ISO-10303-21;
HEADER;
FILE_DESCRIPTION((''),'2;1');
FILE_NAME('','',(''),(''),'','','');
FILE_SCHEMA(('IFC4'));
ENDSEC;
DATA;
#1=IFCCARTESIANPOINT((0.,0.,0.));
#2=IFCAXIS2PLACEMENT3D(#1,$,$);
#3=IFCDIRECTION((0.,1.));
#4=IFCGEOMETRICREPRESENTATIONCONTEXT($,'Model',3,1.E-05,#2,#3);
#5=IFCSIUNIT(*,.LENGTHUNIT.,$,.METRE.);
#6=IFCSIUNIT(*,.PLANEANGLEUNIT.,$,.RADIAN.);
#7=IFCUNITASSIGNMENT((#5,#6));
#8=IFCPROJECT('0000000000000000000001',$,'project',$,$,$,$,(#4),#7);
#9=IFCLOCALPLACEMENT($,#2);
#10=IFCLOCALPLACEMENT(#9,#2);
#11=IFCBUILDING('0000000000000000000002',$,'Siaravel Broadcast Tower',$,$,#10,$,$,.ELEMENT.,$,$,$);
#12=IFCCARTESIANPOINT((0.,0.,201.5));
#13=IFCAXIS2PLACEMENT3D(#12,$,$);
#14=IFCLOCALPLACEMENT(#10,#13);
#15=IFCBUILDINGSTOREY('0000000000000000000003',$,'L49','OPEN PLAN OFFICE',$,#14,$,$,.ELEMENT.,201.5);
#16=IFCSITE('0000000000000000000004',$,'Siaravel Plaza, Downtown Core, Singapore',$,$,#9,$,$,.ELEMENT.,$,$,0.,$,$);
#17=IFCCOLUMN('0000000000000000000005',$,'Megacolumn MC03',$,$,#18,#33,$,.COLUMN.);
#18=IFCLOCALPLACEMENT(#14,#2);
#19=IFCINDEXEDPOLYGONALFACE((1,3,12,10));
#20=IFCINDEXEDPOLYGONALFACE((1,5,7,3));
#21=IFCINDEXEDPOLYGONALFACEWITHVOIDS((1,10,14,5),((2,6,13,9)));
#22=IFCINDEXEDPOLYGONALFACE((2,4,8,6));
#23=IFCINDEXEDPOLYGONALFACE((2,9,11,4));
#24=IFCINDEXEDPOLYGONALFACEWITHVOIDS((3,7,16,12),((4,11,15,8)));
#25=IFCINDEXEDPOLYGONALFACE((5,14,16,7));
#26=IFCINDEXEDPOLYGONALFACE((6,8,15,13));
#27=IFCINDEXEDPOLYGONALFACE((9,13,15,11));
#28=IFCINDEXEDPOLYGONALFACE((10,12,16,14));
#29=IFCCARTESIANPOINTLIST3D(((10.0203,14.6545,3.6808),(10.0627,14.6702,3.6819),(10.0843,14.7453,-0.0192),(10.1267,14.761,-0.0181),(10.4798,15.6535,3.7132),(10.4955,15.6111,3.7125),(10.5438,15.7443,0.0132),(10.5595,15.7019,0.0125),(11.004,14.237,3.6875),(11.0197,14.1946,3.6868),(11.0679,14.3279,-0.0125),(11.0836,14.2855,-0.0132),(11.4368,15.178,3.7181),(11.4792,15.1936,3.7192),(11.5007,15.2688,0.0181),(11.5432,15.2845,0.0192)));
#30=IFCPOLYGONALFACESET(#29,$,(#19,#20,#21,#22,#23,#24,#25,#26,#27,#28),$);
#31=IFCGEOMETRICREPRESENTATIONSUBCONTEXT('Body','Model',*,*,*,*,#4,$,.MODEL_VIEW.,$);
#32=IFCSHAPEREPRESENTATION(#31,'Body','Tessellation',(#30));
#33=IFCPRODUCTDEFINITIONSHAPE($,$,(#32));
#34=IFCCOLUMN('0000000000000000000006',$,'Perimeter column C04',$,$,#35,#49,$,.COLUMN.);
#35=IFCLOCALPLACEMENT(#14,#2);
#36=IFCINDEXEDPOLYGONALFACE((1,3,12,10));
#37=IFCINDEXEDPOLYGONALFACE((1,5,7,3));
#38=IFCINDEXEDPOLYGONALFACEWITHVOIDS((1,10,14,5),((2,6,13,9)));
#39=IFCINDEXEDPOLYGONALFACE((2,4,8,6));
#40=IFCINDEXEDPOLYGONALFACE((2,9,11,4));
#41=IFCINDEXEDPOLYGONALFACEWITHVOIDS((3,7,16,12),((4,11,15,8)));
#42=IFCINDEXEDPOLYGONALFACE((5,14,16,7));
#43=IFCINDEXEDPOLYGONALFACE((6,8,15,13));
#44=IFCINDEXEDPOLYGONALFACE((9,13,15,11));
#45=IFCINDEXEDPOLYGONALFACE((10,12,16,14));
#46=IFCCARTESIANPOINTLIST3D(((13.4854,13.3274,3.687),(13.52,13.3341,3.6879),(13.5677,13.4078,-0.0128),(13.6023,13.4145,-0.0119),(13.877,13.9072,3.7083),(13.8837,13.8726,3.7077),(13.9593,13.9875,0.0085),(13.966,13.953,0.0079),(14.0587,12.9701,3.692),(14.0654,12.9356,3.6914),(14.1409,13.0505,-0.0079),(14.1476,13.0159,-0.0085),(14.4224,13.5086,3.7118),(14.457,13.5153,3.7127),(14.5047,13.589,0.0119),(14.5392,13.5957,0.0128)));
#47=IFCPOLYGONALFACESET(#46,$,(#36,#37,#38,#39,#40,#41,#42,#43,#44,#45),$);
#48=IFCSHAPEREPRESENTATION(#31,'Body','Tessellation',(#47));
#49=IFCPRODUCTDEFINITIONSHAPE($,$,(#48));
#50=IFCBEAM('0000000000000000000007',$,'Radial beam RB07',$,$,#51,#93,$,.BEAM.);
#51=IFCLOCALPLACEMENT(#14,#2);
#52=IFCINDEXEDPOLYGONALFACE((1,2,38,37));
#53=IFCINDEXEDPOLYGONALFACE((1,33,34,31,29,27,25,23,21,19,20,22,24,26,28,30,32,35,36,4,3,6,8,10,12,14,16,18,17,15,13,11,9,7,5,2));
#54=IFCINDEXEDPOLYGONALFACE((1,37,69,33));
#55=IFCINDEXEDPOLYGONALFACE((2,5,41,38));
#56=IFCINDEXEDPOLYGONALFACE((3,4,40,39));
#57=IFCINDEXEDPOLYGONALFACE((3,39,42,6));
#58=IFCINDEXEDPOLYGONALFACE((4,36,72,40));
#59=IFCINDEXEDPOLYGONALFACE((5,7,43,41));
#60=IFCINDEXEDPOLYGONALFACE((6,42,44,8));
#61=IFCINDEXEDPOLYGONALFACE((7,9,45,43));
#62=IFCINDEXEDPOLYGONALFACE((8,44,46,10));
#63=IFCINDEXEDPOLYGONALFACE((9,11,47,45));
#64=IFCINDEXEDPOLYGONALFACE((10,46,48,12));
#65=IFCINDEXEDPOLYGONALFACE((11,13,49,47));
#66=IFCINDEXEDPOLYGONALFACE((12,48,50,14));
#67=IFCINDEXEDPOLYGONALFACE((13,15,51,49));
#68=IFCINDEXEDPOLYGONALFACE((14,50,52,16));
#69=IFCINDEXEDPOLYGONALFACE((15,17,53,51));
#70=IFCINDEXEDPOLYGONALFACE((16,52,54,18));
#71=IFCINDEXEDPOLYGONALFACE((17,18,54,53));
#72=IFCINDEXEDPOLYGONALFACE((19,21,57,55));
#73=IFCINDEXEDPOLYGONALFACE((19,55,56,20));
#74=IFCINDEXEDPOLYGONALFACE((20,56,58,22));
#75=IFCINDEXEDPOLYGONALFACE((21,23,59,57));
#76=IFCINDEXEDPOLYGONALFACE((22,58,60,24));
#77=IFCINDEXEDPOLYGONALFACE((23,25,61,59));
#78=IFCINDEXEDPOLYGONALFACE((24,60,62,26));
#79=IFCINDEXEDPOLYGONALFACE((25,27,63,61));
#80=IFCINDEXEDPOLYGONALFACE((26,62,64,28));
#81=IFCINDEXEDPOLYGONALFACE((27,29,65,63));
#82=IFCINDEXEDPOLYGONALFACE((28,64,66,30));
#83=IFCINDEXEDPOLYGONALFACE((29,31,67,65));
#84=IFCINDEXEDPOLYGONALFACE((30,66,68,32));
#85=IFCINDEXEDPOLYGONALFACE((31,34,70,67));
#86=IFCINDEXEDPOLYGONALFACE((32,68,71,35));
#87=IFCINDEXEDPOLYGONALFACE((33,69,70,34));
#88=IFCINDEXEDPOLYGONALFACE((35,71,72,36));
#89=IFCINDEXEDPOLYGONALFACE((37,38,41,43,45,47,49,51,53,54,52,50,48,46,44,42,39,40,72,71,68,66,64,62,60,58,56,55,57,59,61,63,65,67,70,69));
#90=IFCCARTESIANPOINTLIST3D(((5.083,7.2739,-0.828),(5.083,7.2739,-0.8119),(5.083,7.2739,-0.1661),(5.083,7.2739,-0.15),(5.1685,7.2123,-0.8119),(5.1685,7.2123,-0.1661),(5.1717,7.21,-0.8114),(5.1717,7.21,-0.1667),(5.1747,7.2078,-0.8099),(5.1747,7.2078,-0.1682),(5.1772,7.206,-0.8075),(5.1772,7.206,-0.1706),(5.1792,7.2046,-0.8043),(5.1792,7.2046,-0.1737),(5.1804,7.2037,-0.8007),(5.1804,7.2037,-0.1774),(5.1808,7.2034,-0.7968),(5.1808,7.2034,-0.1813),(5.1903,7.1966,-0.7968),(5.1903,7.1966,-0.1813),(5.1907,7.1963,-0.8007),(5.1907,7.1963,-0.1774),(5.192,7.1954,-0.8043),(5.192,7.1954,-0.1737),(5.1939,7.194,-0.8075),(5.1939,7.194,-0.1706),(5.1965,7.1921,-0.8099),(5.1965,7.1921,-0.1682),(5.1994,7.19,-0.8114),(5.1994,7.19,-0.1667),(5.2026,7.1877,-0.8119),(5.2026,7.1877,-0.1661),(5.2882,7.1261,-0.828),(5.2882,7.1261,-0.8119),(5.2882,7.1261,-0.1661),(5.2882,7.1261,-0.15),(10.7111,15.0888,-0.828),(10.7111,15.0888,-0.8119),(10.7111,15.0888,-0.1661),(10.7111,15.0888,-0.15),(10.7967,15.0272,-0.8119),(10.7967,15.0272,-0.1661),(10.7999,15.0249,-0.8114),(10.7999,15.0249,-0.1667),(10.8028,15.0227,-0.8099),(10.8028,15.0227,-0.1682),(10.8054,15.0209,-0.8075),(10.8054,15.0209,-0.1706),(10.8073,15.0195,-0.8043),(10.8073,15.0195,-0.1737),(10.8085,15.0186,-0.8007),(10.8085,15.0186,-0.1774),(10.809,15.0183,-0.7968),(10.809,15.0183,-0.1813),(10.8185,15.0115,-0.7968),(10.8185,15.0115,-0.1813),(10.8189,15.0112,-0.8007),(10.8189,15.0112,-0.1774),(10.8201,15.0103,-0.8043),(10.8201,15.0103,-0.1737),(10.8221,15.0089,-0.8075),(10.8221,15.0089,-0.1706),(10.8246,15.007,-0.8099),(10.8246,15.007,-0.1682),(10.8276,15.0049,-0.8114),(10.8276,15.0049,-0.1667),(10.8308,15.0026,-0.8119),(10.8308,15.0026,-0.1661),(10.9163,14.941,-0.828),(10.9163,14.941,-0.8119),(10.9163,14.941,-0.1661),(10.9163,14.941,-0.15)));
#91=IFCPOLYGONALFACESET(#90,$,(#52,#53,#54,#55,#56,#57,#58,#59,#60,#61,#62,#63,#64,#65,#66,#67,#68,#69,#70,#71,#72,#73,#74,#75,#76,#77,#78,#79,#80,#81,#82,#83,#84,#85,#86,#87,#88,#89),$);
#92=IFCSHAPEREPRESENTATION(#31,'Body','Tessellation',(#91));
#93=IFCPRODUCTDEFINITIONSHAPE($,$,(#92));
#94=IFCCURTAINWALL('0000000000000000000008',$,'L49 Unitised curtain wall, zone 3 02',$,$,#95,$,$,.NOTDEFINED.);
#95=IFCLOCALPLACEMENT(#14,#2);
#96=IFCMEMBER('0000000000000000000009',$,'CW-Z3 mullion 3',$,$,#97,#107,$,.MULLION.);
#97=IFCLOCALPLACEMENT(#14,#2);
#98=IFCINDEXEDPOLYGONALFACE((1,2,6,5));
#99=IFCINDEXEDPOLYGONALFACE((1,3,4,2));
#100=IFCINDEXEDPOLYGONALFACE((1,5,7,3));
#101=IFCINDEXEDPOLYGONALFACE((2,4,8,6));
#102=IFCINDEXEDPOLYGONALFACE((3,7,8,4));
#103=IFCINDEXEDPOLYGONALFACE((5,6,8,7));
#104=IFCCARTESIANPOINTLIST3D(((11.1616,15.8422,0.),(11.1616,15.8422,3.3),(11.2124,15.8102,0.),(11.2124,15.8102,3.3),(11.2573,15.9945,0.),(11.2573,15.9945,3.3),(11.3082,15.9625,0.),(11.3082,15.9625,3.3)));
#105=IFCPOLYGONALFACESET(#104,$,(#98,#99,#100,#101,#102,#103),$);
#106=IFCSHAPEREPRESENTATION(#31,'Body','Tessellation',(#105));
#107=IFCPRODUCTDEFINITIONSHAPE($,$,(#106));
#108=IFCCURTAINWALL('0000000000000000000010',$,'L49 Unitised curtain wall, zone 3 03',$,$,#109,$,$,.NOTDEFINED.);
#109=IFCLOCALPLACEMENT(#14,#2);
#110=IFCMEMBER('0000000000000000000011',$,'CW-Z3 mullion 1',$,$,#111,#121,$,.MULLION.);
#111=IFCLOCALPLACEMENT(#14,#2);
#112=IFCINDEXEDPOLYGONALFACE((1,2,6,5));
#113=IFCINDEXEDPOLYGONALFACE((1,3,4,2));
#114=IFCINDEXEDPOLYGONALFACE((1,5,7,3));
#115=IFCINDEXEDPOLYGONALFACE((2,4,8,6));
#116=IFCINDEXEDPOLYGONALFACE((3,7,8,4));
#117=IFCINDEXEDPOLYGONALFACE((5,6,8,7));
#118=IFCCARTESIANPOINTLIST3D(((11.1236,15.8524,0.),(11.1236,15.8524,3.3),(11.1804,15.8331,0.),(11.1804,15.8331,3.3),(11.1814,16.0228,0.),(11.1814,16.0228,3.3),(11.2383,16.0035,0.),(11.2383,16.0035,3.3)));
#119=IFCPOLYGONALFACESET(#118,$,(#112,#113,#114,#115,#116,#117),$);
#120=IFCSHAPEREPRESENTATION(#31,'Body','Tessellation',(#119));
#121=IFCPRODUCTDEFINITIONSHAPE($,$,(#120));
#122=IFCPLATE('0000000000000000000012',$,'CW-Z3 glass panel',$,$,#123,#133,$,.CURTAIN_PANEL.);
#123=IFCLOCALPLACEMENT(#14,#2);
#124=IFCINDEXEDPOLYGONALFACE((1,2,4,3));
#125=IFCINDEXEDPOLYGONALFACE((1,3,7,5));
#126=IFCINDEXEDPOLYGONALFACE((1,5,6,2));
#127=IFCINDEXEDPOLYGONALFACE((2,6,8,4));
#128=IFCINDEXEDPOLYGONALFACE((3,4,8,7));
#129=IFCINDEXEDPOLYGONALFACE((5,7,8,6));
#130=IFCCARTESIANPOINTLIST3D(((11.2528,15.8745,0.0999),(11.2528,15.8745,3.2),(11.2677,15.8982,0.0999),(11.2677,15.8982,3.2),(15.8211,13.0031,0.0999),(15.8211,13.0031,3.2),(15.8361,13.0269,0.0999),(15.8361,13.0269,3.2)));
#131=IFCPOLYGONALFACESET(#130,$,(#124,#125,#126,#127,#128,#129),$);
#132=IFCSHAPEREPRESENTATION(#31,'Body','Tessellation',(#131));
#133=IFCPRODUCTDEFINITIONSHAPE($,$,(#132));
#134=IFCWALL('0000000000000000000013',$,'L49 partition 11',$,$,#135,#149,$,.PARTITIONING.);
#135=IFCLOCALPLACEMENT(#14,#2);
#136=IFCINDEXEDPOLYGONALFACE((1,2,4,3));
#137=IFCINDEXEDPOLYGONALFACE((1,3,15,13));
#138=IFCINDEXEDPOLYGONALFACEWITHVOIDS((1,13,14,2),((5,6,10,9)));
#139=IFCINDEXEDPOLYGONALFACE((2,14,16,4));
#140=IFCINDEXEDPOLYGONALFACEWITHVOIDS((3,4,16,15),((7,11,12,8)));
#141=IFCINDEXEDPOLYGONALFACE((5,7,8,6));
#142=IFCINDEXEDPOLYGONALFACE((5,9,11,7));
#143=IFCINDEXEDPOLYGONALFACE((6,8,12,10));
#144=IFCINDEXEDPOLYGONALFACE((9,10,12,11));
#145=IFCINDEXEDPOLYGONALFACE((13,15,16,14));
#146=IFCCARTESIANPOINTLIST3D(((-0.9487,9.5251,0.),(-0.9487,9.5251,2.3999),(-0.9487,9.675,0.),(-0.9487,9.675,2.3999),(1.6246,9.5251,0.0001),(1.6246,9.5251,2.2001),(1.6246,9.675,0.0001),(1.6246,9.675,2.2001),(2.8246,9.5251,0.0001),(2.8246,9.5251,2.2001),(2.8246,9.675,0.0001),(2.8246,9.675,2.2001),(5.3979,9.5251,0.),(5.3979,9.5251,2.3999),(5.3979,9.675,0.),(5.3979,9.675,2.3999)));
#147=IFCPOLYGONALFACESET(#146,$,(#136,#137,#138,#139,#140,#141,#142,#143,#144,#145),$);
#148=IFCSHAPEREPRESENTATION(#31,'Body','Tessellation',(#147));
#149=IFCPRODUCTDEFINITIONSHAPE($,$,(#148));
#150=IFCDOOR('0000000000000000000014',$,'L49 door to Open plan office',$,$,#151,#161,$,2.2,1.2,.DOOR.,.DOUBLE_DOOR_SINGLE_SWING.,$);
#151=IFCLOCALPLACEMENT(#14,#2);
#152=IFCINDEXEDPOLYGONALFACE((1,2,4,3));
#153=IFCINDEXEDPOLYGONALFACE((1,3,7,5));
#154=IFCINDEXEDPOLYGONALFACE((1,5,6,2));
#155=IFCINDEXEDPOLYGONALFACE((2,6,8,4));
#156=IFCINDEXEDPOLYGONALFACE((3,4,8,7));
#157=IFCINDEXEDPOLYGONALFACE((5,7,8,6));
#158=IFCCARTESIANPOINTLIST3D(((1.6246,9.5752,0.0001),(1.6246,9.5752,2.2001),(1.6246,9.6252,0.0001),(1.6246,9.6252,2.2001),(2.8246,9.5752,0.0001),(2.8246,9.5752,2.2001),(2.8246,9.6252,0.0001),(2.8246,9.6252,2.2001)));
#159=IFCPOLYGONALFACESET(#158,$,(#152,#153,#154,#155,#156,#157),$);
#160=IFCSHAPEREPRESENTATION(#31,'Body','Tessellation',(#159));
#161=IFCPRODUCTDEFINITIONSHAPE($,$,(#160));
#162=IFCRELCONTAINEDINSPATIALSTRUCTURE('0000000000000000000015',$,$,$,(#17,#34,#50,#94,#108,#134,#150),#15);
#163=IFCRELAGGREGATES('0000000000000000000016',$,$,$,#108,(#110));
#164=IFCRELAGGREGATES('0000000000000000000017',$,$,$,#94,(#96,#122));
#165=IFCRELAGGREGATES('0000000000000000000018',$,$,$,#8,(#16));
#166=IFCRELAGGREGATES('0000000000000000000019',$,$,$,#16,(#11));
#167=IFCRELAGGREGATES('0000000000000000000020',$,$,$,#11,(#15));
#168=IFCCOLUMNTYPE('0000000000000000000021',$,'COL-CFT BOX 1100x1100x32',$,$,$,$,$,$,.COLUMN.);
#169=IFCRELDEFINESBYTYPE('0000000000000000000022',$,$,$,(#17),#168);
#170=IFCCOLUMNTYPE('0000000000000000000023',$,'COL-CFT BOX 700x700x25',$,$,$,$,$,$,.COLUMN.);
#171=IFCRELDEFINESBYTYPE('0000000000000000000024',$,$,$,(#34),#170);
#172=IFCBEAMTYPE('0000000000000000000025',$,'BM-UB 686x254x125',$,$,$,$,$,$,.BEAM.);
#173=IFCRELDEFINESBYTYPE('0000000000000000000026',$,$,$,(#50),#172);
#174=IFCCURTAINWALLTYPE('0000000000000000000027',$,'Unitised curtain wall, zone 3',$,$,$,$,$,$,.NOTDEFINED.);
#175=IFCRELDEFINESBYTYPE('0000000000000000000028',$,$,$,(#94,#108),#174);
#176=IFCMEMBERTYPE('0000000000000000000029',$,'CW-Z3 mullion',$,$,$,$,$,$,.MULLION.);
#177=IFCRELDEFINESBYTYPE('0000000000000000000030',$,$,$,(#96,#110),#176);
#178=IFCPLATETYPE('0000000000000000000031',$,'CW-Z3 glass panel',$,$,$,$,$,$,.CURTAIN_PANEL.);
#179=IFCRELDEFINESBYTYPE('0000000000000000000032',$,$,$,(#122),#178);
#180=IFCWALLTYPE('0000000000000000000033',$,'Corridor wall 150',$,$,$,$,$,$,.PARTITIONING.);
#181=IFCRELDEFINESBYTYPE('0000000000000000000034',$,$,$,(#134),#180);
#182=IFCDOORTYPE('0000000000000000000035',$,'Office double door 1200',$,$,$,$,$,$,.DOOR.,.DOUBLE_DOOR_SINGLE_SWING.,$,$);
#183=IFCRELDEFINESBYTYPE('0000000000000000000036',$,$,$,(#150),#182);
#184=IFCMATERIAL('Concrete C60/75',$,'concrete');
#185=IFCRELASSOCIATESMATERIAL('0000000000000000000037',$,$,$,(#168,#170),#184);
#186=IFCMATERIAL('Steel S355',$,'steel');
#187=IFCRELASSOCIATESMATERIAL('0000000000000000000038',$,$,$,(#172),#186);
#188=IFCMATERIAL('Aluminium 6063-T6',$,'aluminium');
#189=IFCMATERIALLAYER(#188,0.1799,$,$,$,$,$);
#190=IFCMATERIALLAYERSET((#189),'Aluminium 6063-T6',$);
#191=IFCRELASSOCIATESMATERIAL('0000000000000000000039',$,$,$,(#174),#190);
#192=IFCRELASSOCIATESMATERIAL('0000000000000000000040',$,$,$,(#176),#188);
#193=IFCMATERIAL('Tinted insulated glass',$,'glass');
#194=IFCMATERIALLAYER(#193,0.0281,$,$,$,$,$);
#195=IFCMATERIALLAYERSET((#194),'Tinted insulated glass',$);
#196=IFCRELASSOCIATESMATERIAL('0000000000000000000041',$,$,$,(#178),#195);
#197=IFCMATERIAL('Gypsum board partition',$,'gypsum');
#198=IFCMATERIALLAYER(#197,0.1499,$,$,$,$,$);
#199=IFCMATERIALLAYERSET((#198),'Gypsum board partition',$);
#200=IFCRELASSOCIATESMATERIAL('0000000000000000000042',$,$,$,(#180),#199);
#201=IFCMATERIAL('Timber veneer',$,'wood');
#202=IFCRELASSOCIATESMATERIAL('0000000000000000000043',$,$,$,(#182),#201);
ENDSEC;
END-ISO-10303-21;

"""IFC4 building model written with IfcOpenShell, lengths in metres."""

from ifc_helpers import new_model, si_unit, direction, frame, frame_2d, origin, origin_2d, place, context, subcontext, project, spatial, rectangle, hollow_rectangle, i_section, extrude, material, layer, layer_set, material_profile, profile_set, type_object, element, fill, aggregate, save


model = new_model("IFC4")

# Units and contexts
model_context = context("Model", 3, precision=1e-05, world=origin(), true_north=direction((0.0, 1.0)))
body_context = subcontext(model_context, "Body", "Model", "MODEL_VIEW")
ifc_project = project(units=[si_unit("LENGTHUNIT", "METRE"), si_unit("PLANEANGLEUNIT", "RADIAN")], contexts=[model_context])

# Site, building, storey
site_placement = place(None, origin())
site = spatial("IfcSite", under=ifc_project, at=site_placement, Name="Siaravel Plaza, Downtown Core, Singapore", CompositionType="ELEMENT", RefElevation=0.0)
building_placement = place(site_placement, origin())
building = spatial("IfcBuilding", under=site, at=building_placement, Name="Siaravel Broadcast Tower", CompositionType="ELEMENT")
storey_placement = place(building_placement, frame((0.0, 0.0, 201.5)))
storey = spatial("IfcBuildingStorey", under=building, at=storey_placement, Name="L49", Description="OPEN PLAN OFFICE", CompositionType="ELEMENT", Elevation=201.5)

# Columns
ifc_material_1 = material(Name="Concrete C60/75", Category="concrete")
ifc_material_profile_1 = material_profile(ifc_material_1, hollow_rectangle(XDim=1.1001, YDim=1.1001, WallThickness=0.032, at=origin_2d()))
ifc_profile_set_1 = profile_set([ifc_material_profile_1], Name="Concrete C60/75")
column_type_1 = type_object("IfcColumnType", Name="COL-CFT BOX 1100x1100x32", PredefinedType="COLUMN", material=ifc_profile_set_1)
column_1_placement = place(storey_placement, frame((10.8137, 15.0149, 0.0), z_axis=(-0.01728, -0.024535, 0.99955), x_axis=(0.908417, -0.41803, 0.005444)))
element("IfcColumn", 1, at=column_1_placement, inside=storey, type_object=column_type_1, Name="Megacolumn MC03", PredefinedType="COLUMN", context=body_context, shape_type="SweptSolid", body=[
    extrude(hollow_rectangle(XDim=1.1001, YDim=1.1001, WallThickness=0.032, at=origin_2d()), origin(), (0.0, 0.0, 1.0), 3.7017),
])
ifc_material_profile_2 = material_profile(ifc_material_1, hollow_rectangle(XDim=0.7, YDim=0.7, WallThickness=0.0249, at=origin_2d()))
ifc_profile_set_2 = profile_set([ifc_material_profile_2], Name="Concrete C60/75")
column_type_2 = type_object("IfcColumnType", Name="COL-CFT BOX 700x700x25", PredefinedType="COLUMN", material=ifc_profile_set_2)
column_2_placement = place(storey_placement, frame((14.0535, 13.5017, 0.0), z_axis=(-0.022226, -0.021699, 0.999517), x_axis=(0.828556, -0.559871, 0.00627)))
element("IfcColumn", 2, at=column_2_placement, inside=storey, type_object=column_type_2, Name="Perimeter column C04", PredefinedType="COLUMN", context=body_context, shape_type="SweptSolid", body=[
    extrude(hollow_rectangle(XDim=0.7, YDim=0.7, WallThickness=0.0249, at=origin_2d()), origin(), (0.0, 0.0, 1.0), 3.7017),
])

# Beam
ifc_material_2 = material(Name="Steel S355", Category="steel")
ifc_material_profile_3 = material_profile(ifc_material_2, i_section(OverallWidth=0.2529, OverallDepth=0.678, WebThickness=0.0117, FlangeThickness=0.0161, FilletRadius=0.0151, at=origin_2d()))
ifc_profile_set_3 = profile_set([ifc_material_profile_3], Name="Steel S355")
beam_type = type_object("IfcBeamType", Name="BM-UB 686x254x125", PredefinedType="BEAM", material=ifc_profile_set_3)
beam_placement = place(storey_placement, frame((10.8137, 15.0149, -0.489), z_axis=(-0.584402, -0.811465, 0.0), x_axis=(0.811465, -0.584402, 0.0)))
element("IfcBeam", 3, at=beam_placement, inside=storey, type_object=beam_type, Name="Radial beam RB07", PredefinedType="BEAM", context=body_context, shape_type="SweptSolid", body=[
    extrude(i_section(OverallWidth=0.2529, OverallDepth=0.678, WebThickness=0.0117, FlangeThickness=0.0161, FilletRadius=0.0151, at=origin_2d()), origin(), (0.0, 0.0, 1.0), 9.6306),
])

# Curtain walls, members
ifc_material_3 = material(Name="Aluminium 6063-T6", Category="aluminium")
ifc_layer_1 = layer(ifc_material_3, 0.1799)
ifc_layer_set_1 = layer_set([ifc_layer_1], Name="Aluminium 6063-T6")
curtain_wall_type = type_object("IfcCurtainWallType", Name="Unitised curtain wall, zone 3", PredefinedType="NOTDEFINED", material=ifc_layer_set_1)
curtain_wall_1_placement = place(storey_placement, origin())
curtain_wall_1 = element("IfcCurtainWall", 4, at=curtain_wall_1_placement, inside=storey, type_object=curtain_wall_type, Name="L49 Unitised curtain wall, zone 3 02", PredefinedType="NOTDEFINED")
ifc_material_profile_4 = material_profile(ifc_material_3, rectangle(XDim=0.1799, YDim=0.0601, at=origin_2d()))
ifc_profile_set_4 = profile_set([ifc_material_profile_4], Name="Aluminium 6063-T6")
member_type = type_object("IfcMemberType", Name="CW-Z3 mullion", PredefinedType="MULLION", material=ifc_profile_set_4)
member_1_placement = place(storey_placement, frame((11.2349, 15.9023, 0.0), z_axis=(0.0, 0.0, 1.0), x_axis=(-0.532151, -0.846649, 0.0)))
member_1 = element("IfcMember", 5, at=member_1_placement, type_object=member_type, Name="CW-Z3 mullion 3", PredefinedType="MULLION", context=body_context, shape_type="SweptSolid", body=[
    extrude(rectangle(XDim=0.1799, YDim=0.0601, at=origin_2d()), origin(), (0.0, 0.0, 1.0), 3.3),
])
curtain_wall_2_placement = place(storey_placement, origin())
curtain_wall_2 = element("IfcCurtainWall", 6, at=curtain_wall_2_placement, inside=storey, type_object=curtain_wall_type, Name="L49 Unitised curtain wall, zone 3 03", PredefinedType="NOTDEFINED")
member_2_placement = place(storey_placement, frame((11.1809, 15.928, 0.0), z_axis=(0.0, 0.0, 1.0), x_axis=(-0.321302, -0.946977, 0.0)))
member_2 = element("IfcMember", 7, at=member_2_placement, type_object=member_type, Name="CW-Z3 mullion 1", PredefinedType="MULLION", context=body_context, shape_type="SweptSolid", body=[
    extrude(rectangle(XDim=0.1799, YDim=0.0601, at=origin_2d()), origin(), (0.0, 0.0, 1.0), 3.3),
])
aggregate(curtain_wall_2, [member_2])

# Plate
ifc_material_4 = material(Name="Tinted insulated glass", Category="glass")
ifc_layer_2 = layer(ifc_material_4, 0.0281)
ifc_layer_set_2 = layer_set([ifc_layer_2], Name="Tinted insulated glass")
plate_type = type_object("IfcPlateType", Name="CW-Z3 glass panel", PredefinedType="CURTAIN_PANEL", material=ifc_layer_set_2)
plate_placement = place(storey_placement, frame((13.5444, 14.4507, 0.0999), z_axis=(0.0, 0.0, 1.0), x_axis=(-0.846649, 0.532151, 0.0)))
plate = element("IfcPlate", 8, at=plate_placement, type_object=plate_type, Name="CW-Z3 glass panel", PredefinedType="CURTAIN_PANEL", context=body_context, shape_type="SweptSolid", body=[
    extrude(rectangle(XDim=5.3958, YDim=0.0281, at=origin_2d()), origin(), (0.0, 0.0, 1.0), 3.1001),
])
aggregate(curtain_wall_1, [member_1, plate])

# Wall, opening, door
ifc_material_5 = material(Name="Gypsum board partition", Category="gypsum")
ifc_layer_3 = layer(ifc_material_5, 0.1499)
ifc_layer_set_3 = layer_set([ifc_layer_3], Name="Gypsum board partition")
wall_type_1 = type_object("IfcWallType", Name="Corridor wall 150", PredefinedType="PARTITIONING", material=ifc_layer_set_3)
wall_1_placement = place(storey_placement, frame((5.3979, 9.6001, 0.0), z_axis=(0.0, 0.0, 1.0), x_axis=(-1.0, 0.0, 0.0)))
wall_1 = element("IfcWall", 9, at=wall_1_placement, inside=storey, type_object=wall_type_1, Name="L49 partition 11", PredefinedType="PARTITIONING", context=body_context, shape_type="SweptSolid", body=[
    extrude(rectangle(XDim=6.3467, YDim=0.1499, at=frame_2d((3.1733, 0.0))), origin(), (0.0, 0.0, 1.0), 2.3999),
])
opening_1_placement = place(wall_1_placement, frame((2.5732, 0.0, 0.0)))
opening_1 = element("IfcOpeningElement", 10, at=opening_1_placement, cuts=wall_1, PredefinedType="OPENING", context=body_context, shape_type="SweptSolid", body=[
    extrude(rectangle(XDim=1.2, YDim=2.2, at=frame_2d((0.6001, 1.1001))), frame((0.0, 0.085, 0.0), z_axis=(0.0, -1.0, 0.0), x_axis=(1.0, 0.0, 0.0)), (0.0, 0.0, 1.0), 0.1699),
])
ifc_material_6 = material(Name="Timber veneer", Category="wood")
door_type_1 = type_object("IfcDoorType", Name="Office double door 1200", OperationType="DOUBLE_DOOR_SINGLE_SWING", PredefinedType="DOOR", material=ifc_material_6)
door_1_placement = place(opening_1_placement, origin())
door_1 = element("IfcDoor", 11, at=door_1_placement, inside=storey, type_object=door_type_1, Name="L49 door to Open plan office", OperationType="DOUBLE_DOOR_SINGLE_SWING", OverallHeight=2.2, OverallWidth=1.2, PredefinedType="DOOR", context=body_context, shape_type="SweptSolid", body=[
    extrude(rectangle(XDim=1.2, YDim=2.2, at=frame_2d((0.6001, 1.1001))), frame((0.0, 0.0249, 0.0), z_axis=(0.0, -1.0, 0.0), x_axis=(1.0, 0.0, 0.0)), (0.0, 0.0, 1.0), 0.05),
])
fill(opening_1, door_1)

save(model, "model.ifc")
